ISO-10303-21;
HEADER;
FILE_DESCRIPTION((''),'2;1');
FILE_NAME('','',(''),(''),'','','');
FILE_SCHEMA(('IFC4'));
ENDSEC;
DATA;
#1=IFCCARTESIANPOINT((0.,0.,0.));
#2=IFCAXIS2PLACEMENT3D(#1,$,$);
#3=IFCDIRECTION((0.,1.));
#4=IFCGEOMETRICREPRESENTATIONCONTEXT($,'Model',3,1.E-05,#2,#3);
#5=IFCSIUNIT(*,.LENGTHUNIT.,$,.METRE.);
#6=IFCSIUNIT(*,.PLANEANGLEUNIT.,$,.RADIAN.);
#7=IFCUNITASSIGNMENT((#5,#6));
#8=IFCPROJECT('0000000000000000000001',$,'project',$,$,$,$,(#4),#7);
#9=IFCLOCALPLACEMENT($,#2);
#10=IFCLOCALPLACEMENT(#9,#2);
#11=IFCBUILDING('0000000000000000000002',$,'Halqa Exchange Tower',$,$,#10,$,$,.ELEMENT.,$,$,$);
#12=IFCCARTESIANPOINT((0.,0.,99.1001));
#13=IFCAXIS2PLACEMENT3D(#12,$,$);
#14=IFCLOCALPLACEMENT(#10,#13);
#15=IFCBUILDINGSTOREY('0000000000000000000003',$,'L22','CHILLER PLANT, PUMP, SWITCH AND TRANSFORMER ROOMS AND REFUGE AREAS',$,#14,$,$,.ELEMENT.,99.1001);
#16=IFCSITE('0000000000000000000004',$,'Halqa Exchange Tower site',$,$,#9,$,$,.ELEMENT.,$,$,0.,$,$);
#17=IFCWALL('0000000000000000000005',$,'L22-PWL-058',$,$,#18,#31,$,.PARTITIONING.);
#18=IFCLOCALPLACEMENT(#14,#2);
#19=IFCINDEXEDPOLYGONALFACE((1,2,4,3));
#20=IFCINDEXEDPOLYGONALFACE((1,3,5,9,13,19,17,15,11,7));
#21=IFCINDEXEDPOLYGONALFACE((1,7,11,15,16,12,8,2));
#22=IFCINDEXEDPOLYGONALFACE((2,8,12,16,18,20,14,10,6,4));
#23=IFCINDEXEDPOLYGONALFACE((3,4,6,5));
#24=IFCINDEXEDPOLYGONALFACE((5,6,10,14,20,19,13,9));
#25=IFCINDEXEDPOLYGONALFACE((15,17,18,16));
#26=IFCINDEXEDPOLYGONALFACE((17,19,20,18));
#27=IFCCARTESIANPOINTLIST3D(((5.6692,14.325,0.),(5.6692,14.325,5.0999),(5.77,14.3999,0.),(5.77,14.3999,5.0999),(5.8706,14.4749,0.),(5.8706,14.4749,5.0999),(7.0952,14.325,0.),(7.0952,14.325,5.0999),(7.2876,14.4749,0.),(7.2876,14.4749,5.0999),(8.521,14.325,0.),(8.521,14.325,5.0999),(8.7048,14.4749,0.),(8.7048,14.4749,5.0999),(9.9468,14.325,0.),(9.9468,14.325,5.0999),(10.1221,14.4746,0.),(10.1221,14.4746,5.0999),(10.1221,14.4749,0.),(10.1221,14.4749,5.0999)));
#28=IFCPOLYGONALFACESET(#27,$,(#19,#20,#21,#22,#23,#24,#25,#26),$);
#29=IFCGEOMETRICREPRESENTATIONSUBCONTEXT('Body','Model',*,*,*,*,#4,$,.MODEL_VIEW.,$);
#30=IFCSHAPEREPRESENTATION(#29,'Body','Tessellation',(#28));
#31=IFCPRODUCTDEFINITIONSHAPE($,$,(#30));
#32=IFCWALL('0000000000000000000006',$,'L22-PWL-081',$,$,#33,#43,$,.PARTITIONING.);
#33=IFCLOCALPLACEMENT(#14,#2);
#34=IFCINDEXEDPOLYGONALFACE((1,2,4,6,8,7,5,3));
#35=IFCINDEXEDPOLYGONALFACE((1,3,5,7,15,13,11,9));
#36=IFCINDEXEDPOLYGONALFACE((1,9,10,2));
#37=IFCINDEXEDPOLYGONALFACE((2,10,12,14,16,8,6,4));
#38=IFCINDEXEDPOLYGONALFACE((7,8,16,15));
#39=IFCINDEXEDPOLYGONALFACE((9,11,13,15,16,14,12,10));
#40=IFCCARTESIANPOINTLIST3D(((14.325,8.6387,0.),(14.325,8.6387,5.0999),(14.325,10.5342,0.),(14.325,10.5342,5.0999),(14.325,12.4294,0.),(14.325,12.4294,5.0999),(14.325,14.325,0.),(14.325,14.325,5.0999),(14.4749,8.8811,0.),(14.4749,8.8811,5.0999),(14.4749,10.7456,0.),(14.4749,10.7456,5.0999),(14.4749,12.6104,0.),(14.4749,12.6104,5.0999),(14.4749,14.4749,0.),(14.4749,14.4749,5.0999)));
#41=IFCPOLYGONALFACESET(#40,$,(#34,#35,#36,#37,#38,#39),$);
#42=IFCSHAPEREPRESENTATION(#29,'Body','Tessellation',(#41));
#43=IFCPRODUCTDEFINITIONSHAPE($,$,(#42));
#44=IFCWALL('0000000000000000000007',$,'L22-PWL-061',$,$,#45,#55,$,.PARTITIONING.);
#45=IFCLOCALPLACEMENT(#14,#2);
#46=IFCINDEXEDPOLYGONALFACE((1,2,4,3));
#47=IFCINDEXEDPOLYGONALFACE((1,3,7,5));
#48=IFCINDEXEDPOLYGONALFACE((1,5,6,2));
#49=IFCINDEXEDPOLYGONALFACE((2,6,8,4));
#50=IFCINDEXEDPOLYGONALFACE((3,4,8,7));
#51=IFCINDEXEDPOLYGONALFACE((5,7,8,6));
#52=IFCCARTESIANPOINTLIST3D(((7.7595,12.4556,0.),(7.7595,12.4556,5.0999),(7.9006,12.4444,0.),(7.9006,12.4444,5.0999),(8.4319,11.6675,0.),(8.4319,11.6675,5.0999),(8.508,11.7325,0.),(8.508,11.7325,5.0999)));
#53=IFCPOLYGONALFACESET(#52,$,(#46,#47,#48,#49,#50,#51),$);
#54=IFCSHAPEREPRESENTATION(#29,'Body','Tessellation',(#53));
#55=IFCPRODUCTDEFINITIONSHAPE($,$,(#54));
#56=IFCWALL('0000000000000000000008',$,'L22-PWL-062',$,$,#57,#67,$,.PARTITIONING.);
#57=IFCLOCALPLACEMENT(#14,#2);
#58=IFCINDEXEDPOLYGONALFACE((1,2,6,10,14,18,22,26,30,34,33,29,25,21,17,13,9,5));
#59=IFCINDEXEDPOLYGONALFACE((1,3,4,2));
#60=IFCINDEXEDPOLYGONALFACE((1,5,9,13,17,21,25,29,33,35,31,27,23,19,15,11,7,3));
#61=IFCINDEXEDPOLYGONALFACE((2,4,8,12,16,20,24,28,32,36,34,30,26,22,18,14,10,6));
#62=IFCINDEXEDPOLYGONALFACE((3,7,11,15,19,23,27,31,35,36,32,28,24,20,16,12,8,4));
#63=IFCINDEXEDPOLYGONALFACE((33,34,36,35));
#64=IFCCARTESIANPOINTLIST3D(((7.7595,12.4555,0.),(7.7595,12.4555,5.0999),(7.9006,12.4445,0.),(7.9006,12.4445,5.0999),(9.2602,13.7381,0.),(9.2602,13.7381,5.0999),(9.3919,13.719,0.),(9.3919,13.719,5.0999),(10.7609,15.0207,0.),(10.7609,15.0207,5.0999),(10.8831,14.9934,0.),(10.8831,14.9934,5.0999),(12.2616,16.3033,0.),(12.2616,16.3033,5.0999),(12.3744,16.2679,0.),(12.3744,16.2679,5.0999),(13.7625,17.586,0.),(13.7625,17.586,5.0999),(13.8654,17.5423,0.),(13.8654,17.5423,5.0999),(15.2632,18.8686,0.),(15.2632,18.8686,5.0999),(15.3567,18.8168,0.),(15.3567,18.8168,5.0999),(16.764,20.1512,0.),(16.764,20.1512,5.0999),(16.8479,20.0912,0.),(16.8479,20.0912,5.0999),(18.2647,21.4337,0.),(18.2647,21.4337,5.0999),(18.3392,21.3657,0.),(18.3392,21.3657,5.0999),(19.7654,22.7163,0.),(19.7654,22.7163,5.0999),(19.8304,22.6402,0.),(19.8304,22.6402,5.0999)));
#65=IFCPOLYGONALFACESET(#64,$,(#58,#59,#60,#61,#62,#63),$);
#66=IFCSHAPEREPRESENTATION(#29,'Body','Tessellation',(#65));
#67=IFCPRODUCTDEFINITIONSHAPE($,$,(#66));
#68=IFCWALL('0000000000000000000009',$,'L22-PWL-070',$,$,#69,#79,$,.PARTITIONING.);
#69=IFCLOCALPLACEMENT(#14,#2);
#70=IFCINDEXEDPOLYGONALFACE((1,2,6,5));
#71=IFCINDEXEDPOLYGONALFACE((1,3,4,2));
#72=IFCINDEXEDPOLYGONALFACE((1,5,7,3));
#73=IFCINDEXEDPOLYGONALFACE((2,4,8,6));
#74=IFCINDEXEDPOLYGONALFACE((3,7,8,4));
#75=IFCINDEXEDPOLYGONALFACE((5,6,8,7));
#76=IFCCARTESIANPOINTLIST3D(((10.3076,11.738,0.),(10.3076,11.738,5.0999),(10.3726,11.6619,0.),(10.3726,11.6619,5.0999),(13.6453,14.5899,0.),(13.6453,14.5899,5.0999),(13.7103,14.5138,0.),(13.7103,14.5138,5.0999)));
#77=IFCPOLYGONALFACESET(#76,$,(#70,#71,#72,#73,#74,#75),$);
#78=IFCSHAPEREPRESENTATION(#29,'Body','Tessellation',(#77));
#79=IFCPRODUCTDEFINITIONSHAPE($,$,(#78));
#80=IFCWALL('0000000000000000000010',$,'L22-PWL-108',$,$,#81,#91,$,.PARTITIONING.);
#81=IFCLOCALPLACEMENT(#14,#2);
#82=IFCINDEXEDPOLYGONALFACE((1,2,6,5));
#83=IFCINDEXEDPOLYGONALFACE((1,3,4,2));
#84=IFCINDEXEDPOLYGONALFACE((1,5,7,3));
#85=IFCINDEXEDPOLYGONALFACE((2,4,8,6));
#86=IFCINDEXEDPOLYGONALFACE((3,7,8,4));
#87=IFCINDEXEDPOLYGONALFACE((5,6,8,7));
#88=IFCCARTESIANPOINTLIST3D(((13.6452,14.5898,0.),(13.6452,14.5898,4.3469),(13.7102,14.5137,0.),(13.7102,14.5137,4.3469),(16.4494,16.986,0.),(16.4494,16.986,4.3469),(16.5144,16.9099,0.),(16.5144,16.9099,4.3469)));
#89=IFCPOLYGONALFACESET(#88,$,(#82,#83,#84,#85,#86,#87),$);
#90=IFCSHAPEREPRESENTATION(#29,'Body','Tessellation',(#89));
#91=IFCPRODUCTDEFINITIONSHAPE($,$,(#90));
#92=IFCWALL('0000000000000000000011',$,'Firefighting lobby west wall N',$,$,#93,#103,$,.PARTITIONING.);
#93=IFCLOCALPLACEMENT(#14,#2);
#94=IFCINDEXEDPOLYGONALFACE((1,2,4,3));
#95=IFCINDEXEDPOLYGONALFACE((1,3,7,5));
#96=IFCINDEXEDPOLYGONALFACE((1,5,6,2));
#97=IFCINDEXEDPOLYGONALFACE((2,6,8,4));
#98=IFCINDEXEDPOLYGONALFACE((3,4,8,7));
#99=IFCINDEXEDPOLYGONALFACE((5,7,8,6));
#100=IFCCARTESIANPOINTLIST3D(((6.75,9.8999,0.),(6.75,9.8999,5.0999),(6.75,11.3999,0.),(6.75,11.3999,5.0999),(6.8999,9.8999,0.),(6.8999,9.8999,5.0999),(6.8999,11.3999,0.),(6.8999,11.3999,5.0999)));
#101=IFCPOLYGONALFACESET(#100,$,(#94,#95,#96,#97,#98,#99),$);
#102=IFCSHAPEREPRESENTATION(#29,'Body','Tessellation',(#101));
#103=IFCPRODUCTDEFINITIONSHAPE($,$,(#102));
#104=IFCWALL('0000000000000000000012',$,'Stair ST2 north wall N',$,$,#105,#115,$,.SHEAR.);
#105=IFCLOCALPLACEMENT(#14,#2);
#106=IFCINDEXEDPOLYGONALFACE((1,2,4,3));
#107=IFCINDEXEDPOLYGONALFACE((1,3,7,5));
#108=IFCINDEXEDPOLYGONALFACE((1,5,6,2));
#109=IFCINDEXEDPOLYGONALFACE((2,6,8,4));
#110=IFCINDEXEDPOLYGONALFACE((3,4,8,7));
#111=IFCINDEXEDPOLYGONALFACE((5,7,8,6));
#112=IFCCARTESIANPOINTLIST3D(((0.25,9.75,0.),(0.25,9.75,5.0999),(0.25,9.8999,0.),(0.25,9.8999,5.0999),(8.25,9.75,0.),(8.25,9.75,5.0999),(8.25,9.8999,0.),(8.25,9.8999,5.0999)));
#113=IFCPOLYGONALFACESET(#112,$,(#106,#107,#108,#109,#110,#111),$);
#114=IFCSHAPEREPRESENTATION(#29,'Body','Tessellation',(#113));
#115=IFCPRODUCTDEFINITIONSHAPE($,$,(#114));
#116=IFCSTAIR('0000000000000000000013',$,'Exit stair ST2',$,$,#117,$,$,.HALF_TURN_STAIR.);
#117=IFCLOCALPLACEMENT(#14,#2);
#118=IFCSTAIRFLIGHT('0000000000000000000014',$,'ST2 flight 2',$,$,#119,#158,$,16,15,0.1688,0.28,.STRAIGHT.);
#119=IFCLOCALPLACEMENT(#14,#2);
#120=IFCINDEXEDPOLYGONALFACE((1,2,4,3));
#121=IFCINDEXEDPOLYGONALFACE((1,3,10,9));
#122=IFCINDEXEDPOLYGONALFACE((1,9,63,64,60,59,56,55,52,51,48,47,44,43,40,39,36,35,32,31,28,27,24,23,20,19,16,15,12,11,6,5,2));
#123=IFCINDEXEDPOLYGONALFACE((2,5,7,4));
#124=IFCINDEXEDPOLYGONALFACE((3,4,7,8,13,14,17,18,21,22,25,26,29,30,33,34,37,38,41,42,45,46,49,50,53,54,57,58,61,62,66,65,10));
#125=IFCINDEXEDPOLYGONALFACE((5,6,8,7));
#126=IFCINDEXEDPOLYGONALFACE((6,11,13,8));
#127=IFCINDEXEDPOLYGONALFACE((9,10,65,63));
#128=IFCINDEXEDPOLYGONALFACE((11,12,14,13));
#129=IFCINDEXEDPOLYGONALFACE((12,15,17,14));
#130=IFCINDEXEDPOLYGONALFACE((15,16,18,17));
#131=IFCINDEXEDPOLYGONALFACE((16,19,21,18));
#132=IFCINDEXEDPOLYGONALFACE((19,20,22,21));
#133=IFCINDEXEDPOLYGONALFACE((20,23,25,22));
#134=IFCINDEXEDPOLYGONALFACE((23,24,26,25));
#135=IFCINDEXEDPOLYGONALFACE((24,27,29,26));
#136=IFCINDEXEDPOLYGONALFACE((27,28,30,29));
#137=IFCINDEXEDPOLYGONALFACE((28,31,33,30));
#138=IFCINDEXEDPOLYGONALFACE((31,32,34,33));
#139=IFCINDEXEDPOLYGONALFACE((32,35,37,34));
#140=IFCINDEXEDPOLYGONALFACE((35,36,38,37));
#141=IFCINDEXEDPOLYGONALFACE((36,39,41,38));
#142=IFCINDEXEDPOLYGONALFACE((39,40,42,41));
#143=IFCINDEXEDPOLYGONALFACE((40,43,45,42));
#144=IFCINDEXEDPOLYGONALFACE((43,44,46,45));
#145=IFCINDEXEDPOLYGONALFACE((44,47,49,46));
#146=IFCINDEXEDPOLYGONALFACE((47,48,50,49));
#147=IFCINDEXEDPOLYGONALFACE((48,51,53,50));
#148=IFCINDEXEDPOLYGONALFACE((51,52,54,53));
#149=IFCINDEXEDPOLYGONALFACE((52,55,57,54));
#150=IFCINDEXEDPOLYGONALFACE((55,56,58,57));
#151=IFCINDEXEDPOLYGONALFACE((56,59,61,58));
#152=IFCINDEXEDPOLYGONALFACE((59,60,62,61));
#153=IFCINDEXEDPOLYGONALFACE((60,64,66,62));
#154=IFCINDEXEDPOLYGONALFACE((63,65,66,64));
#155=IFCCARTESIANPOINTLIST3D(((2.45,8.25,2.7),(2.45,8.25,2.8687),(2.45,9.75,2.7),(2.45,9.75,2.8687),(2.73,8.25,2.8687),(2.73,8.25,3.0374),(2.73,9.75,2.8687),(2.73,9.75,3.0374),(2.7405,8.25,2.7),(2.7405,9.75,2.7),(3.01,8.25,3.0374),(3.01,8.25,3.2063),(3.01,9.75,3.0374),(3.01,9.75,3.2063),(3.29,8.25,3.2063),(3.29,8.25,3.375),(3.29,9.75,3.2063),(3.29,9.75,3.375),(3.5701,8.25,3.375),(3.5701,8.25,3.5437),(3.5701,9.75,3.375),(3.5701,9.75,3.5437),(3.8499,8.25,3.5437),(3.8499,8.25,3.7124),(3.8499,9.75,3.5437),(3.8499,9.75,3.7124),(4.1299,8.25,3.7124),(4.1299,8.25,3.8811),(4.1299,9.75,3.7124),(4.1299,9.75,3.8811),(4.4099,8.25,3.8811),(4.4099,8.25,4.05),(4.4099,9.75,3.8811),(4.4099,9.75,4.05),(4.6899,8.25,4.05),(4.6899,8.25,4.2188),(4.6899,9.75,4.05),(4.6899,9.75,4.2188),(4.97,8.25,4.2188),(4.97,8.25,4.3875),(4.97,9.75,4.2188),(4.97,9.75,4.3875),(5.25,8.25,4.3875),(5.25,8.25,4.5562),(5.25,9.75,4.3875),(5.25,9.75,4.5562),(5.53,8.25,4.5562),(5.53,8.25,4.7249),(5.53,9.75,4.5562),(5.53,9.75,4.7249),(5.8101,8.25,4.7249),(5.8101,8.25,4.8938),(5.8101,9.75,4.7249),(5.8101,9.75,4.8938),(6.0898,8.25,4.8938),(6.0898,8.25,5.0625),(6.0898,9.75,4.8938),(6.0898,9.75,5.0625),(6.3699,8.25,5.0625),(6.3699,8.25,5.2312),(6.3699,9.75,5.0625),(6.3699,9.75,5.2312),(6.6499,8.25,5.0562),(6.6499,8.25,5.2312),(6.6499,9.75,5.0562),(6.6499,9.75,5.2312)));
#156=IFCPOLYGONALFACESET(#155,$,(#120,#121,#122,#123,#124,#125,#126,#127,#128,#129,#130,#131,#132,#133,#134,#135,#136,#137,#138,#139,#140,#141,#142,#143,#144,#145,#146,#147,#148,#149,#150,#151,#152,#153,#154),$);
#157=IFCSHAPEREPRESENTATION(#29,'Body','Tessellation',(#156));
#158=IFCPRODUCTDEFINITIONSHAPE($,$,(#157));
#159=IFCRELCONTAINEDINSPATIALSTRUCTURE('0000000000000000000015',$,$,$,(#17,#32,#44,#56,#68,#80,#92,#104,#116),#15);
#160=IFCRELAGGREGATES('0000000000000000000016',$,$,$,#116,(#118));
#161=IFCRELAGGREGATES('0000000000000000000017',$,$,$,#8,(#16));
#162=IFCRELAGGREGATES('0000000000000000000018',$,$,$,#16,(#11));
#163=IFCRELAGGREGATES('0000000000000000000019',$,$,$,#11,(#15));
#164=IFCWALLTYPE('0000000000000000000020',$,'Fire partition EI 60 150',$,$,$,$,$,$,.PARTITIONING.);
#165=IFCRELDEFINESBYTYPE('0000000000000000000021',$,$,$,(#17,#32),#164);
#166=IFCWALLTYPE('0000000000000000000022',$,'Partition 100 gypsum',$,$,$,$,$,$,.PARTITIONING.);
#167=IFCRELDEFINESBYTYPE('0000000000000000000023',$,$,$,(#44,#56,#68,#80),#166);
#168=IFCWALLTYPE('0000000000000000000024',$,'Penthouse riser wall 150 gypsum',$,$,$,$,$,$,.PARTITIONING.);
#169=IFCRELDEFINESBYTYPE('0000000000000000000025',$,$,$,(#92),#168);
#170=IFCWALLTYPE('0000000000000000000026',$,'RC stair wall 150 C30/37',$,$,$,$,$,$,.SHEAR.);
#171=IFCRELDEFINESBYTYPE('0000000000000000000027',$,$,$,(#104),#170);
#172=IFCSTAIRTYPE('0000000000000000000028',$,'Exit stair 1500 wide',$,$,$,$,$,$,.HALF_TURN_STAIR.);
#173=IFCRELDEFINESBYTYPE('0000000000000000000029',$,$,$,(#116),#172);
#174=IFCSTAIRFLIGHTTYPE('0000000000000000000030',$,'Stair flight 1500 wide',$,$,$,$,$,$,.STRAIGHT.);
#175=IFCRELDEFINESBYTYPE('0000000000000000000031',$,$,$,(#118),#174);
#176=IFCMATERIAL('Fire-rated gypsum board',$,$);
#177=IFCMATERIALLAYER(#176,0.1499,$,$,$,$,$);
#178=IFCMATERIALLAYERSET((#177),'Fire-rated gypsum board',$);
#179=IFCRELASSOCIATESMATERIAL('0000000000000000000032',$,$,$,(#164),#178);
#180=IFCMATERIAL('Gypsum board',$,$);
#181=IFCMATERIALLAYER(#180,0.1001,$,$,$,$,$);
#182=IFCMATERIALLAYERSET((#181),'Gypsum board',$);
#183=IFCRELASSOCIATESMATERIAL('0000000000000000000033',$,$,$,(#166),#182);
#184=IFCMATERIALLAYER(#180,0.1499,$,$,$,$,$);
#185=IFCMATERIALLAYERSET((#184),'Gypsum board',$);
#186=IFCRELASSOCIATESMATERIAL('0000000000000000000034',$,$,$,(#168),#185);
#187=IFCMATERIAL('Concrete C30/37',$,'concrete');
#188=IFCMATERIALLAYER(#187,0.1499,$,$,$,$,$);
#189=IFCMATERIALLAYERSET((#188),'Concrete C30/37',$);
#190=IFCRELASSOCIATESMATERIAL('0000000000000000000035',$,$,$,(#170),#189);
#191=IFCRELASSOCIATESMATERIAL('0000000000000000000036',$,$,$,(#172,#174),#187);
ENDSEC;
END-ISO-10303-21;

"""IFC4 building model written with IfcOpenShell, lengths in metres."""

from ifc_helpers import new_model, si_unit, direction, frame, frame_2d, origin, place, context, subcontext, project, spatial, polyline, rectangle, outline, extrude, material, layer, layer_set, type_object, element, aggregate, save


model = new_model("IFC4")

# Units and contexts
model_context = context("Model", 3, precision=1e-05, world=origin(), true_north=direction((0.0, 1.0)))
body_context = subcontext(model_context, "Body", "Model", "MODEL_VIEW")
ifc_project = project(units=[si_unit("LENGTHUNIT", "METRE"), si_unit("PLANEANGLEUNIT", "RADIAN")], contexts=[model_context])

# Site, building, storey
site_placement = place(None, origin())
site = spatial("IfcSite", under=ifc_project, at=site_placement, Name="Halqa Exchange Tower site", CompositionType="ELEMENT", RefElevation=0.0)
building_placement = place(site_placement, origin())
building = spatial("IfcBuilding", under=site, at=building_placement, Name="Halqa Exchange Tower", CompositionType="ELEMENT")
storey_placement = place(building_placement, frame((0.0, 0.0, 99.1001)))
storey = spatial("IfcBuildingStorey", under=building, at=storey_placement, Name="L22", Description="CHILLER PLANT, PUMP, SWITCH AND TRANSFORMER ROOMS AND REFUGE AREAS", CompositionType="ELEMENT", Elevation=99.1001)

# Wall
ifc_material_1 = material(Name="Fire-rated gypsum board")
ifc_layer_1 = layer(ifc_material_1, 0.1499)
ifc_layer_set_1 = layer_set([ifc_layer_1], Name="Fire-rated gypsum board")
wall_type_1 = type_object("IfcWallType", Name="Fire partition EI 60 150", PredefinedType="PARTITIONING", material=ifc_layer_set_1)
wall_1_placement = place(storey_placement, frame((5.6692, 14.3999, 0.0), z_axis=(0.0, 0.0, 1.0), x_axis=(1.0, 0.0, 0.0)))
element("IfcWall", 1, at=wall_1_placement, inside=storey, type_object=wall_type_1, Name="L22-PWL-058", PredefinedType="PARTITIONING", context=body_context, shape_type="SweptSolid", body=[
    extrude(outline(polyline([(0.0, -0.075), (1.426, -0.075), (2.8518, -0.075), (4.2776, -0.075), (4.4529, 0.0747), (4.4529, 0.075), (3.0356, 0.075), (1.6184, 0.075), (0.2014, 0.075), (0.1008, 0.0), (0.0, -0.075)])), origin(), (0.0, 0.0, 1.0), 5.0999),
])

# Walls
wall_2_placement = place(storey_placement, frame((14.3999, 14.4751, 0.0), z_axis=(0.0, 0.0, 1.0), x_axis=(0.0, -1.0, 0.0)))
element("IfcWall", 2, at=wall_2_placement, inside=storey, type_object=wall_type_1, Name="L22-PWL-081", PredefinedType="PARTITIONING", context=body_context, shape_type="SweptSolid", body=[
    extrude(outline(polyline([(5.8364, -0.075), (5.8364, -0.075), (5.594, 0.075), (3.7295, 0.075), (1.8647, 0.075), (0.0002, 0.075), (0.1501, -0.075), (2.0457, -0.075), (3.9409, -0.075), (5.8364, -0.075)])), origin(), (0.0, 0.0, 1.0), 5.0999),
])
ifc_material_2 = material(Name="Gypsum board")
ifc_layer_2 = layer(ifc_material_2, 0.1001)
ifc_layer_set_2 = layer_set([ifc_layer_2], Name="Gypsum board")
wall_type_2 = type_object("IfcWallType", Name="Partition 100 gypsum", PredefinedType="PARTITIONING", material=ifc_layer_set_2)
wall_3_placement = place(storey_placement, frame((7.7976, 12.488, 0.0), z_axis=(0.0, 0.0, 1.0), x_axis=(0.649043, -0.760752, 0.0)))
element("IfcWall", 3, at=wall_3_placement, inside=storey, type_object=wall_type_2, Name="L22-PWL-061", PredefinedType="PARTITIONING", context=body_context, shape_type="SweptSolid", body=[
    extrude(outline(polyline([(1.0359, 0.05), (0.1001, 0.05), (0.0, -0.05), (1.0359, -0.05), (1.0359, 0.05)])), origin(), (0.0, 0.0, 1.0), 5.0999),
])
wall_4_placement = place(storey_placement, frame((7.792, 12.4175, 0.0), z_axis=(0.0, 0.0, 1.0), x_axis=(0.760194, 0.649696, 0.0)))
element("IfcWall", 4, at=wall_4_placement, inside=storey, type_object=wall_type_2, Name="L22-PWL-062", PredefinedType="PARTITIONING", context=body_context, shape_type="SweptSolid", body=[
    extrude(outline(polyline([(15.7932, 0.05), (13.8191, 0.05), (11.845, 0.05), (9.8708, 0.05), (7.8967, 0.05), (5.9224, 0.05), (3.9482, 0.05), (1.9741, 0.05), (0.0, 0.05), (0.1001, -0.05), (2.0618, -0.05), (4.0234, -0.05), (5.9851, -0.05), (7.9465, -0.05), (9.9082, -0.05), (11.8699, -0.05), (13.8315, -0.05), (15.7932, -0.05), (15.7932, 0.05)])), origin(), (0.0, 0.0, 1.0), 5.0999),
])
wall_5_placement = place(storey_placement, frame((10.3401, 11.7, 0.0), z_axis=(0.0, 0.0, 1.0), x_axis=(0.760272, 0.649604, 0.0)))
element("IfcWall", 5, at=wall_5_placement, inside=storey, type_object=wall_type_2, Name="L22-PWL-070", PredefinedType="PARTITIONING", context=body_context, shape_type="SweptSolid", body=[
    extrude(rectangle(XDim=4.3901, YDim=0.1001, at=frame_2d((2.1951, 0.0))), origin(), (0.0, 0.0, 1.0), 5.0999),
])
wall_6_placement = place(storey_placement, frame((13.6777, 14.5518, 0.0), z_axis=(0.0, 0.0, 1.0), x_axis=(0.760242, 0.649641, 0.0)))
element("IfcWall", 6, at=wall_6_placement, inside=storey, type_object=wall_type_2, Name="L22-PWL-108", PredefinedType="PARTITIONING", context=body_context, shape_type="SweptSolid", body=[
    extrude(rectangle(XDim=3.6885, YDim=0.1001, at=frame_2d((1.8442, 0.0))), origin(), (0.0, 0.0, 1.0), 4.3469),
])
ifc_layer_3 = layer(ifc_material_2, 0.1499)
ifc_layer_set_3 = layer_set([ifc_layer_3], Name="Gypsum board")
wall_type_3 = type_object("IfcWallType", Name="Penthouse riser wall 150 gypsum", PredefinedType="PARTITIONING", material=ifc_layer_set_3)
wall_7_placement = place(storey_placement, frame((6.825, 9.8999, 0.0), z_axis=(0.0, 0.0, 1.0), x_axis=(0.0, 1.0, 0.0)))
element("IfcWall", 7, at=wall_7_placement, inside=storey, type_object=wall_type_3, Name="Firefighting lobby west wall N", PredefinedType="PARTITIONING", context=body_context, shape_type="SweptSolid", body=[
    extrude(rectangle(XDim=1.5, YDim=0.1499, at=frame_2d((0.75, 0.0))), origin(), (0.0, 0.0, 1.0), 5.0999),
])
ifc_material_3 = material(Name="Concrete C30/37", Category="concrete")
ifc_layer_4 = layer(ifc_material_3, 0.1499)
ifc_layer_set_4 = layer_set([ifc_layer_4], Name="Concrete C30/37")
wall_type_4 = type_object("IfcWallType", Name="RC stair wall 150 C30/37", PredefinedType="SHEAR", material=ifc_layer_set_4)
wall_8_placement = place(storey_placement, frame((0.25, 9.825, 0.0), z_axis=(0.0, 0.0, 1.0), x_axis=(1.0, 0.0, 0.0)))
element("IfcWall", 8, at=wall_8_placement, inside=storey, type_object=wall_type_4, Name="Stair ST2 north wall N", PredefinedType="SHEAR", context=body_context, shape_type="SweptSolid", body=[
    extrude(rectangle(XDim=8.0, YDim=0.1499, at=frame_2d((4.0, 0.0))), origin(), (0.0, 0.0, 1.0), 5.0999),
])

# Stair, stair flight
stair_type = type_object("IfcStairType", Name="Exit stair 1500 wide", PredefinedType="HALF_TURN_STAIR", material=ifc_material_3)
stair_placement = place(storey_placement, origin())
stair = element("IfcStair", 9, at=stair_placement, inside=storey, type_object=stair_type, Name="Exit stair ST2", PredefinedType="HALF_TURN_STAIR")
stair_flight_type = type_object("IfcStairFlightType", Name="Stair flight 1500 wide", PredefinedType="STRAIGHT", material=ifc_material_3)
stair_flight_placement = place(storey_placement, frame((2.45, 9.0, 2.7), z_axis=(0.0, 0.0, 1.0), x_axis=(1.0, 0.0, 0.0)))
stair_flight = element("IfcStairFlight", 10, at=stair_flight_placement, type_object=stair_flight_type, Name="ST2 flight 2", NumberOfRisers=16, NumberOfTreads=15, PredefinedType="STRAIGHT", RiserHeight=0.1688, TreadLength=0.28, context=body_context, shape_type="SweptSolid", body=[
    extrude(outline(polyline([(0.0, 0.0), (0.0, 0.1687), (0.28, 0.1687), (0.28, 0.3374), (0.5601, 0.3374), (0.5601, 0.5063), (0.8401, 0.5063), (0.8401, 0.675), (1.1201, 0.675), (1.1201, 0.8438), (1.3999, 0.8438), (1.3999, 1.0125), (1.6799, 1.0125), (1.6799, 1.1812), (1.96, 1.1812), (1.96, 1.3501), (2.24, 1.3501), (2.24, 1.5188), (2.52, 1.5188), (2.52, 1.6875), (2.8, 1.6875), (2.8, 1.8562), (3.0801, 1.8562), (3.0801, 2.0249), (3.3601, 2.0249), (3.3601, 2.1938), (3.6399, 2.1938), (3.6399, 2.3625), (3.9199, 2.3625), (3.9199, 2.5312), (4.2, 2.5312), (4.2, 2.7), (4.2, 2.3562), (0.2905, 0.0), (0.0, 0.0)])), frame((0.0, 0.75, 0.0), z_axis=(0.0, -1.0, 0.0), x_axis=(1.0, 0.0, 0.0)), (0.0, 0.0, 1.0), 1.5),
])
aggregate(stair, [stair_flight])

save(model, "model.ifc")
